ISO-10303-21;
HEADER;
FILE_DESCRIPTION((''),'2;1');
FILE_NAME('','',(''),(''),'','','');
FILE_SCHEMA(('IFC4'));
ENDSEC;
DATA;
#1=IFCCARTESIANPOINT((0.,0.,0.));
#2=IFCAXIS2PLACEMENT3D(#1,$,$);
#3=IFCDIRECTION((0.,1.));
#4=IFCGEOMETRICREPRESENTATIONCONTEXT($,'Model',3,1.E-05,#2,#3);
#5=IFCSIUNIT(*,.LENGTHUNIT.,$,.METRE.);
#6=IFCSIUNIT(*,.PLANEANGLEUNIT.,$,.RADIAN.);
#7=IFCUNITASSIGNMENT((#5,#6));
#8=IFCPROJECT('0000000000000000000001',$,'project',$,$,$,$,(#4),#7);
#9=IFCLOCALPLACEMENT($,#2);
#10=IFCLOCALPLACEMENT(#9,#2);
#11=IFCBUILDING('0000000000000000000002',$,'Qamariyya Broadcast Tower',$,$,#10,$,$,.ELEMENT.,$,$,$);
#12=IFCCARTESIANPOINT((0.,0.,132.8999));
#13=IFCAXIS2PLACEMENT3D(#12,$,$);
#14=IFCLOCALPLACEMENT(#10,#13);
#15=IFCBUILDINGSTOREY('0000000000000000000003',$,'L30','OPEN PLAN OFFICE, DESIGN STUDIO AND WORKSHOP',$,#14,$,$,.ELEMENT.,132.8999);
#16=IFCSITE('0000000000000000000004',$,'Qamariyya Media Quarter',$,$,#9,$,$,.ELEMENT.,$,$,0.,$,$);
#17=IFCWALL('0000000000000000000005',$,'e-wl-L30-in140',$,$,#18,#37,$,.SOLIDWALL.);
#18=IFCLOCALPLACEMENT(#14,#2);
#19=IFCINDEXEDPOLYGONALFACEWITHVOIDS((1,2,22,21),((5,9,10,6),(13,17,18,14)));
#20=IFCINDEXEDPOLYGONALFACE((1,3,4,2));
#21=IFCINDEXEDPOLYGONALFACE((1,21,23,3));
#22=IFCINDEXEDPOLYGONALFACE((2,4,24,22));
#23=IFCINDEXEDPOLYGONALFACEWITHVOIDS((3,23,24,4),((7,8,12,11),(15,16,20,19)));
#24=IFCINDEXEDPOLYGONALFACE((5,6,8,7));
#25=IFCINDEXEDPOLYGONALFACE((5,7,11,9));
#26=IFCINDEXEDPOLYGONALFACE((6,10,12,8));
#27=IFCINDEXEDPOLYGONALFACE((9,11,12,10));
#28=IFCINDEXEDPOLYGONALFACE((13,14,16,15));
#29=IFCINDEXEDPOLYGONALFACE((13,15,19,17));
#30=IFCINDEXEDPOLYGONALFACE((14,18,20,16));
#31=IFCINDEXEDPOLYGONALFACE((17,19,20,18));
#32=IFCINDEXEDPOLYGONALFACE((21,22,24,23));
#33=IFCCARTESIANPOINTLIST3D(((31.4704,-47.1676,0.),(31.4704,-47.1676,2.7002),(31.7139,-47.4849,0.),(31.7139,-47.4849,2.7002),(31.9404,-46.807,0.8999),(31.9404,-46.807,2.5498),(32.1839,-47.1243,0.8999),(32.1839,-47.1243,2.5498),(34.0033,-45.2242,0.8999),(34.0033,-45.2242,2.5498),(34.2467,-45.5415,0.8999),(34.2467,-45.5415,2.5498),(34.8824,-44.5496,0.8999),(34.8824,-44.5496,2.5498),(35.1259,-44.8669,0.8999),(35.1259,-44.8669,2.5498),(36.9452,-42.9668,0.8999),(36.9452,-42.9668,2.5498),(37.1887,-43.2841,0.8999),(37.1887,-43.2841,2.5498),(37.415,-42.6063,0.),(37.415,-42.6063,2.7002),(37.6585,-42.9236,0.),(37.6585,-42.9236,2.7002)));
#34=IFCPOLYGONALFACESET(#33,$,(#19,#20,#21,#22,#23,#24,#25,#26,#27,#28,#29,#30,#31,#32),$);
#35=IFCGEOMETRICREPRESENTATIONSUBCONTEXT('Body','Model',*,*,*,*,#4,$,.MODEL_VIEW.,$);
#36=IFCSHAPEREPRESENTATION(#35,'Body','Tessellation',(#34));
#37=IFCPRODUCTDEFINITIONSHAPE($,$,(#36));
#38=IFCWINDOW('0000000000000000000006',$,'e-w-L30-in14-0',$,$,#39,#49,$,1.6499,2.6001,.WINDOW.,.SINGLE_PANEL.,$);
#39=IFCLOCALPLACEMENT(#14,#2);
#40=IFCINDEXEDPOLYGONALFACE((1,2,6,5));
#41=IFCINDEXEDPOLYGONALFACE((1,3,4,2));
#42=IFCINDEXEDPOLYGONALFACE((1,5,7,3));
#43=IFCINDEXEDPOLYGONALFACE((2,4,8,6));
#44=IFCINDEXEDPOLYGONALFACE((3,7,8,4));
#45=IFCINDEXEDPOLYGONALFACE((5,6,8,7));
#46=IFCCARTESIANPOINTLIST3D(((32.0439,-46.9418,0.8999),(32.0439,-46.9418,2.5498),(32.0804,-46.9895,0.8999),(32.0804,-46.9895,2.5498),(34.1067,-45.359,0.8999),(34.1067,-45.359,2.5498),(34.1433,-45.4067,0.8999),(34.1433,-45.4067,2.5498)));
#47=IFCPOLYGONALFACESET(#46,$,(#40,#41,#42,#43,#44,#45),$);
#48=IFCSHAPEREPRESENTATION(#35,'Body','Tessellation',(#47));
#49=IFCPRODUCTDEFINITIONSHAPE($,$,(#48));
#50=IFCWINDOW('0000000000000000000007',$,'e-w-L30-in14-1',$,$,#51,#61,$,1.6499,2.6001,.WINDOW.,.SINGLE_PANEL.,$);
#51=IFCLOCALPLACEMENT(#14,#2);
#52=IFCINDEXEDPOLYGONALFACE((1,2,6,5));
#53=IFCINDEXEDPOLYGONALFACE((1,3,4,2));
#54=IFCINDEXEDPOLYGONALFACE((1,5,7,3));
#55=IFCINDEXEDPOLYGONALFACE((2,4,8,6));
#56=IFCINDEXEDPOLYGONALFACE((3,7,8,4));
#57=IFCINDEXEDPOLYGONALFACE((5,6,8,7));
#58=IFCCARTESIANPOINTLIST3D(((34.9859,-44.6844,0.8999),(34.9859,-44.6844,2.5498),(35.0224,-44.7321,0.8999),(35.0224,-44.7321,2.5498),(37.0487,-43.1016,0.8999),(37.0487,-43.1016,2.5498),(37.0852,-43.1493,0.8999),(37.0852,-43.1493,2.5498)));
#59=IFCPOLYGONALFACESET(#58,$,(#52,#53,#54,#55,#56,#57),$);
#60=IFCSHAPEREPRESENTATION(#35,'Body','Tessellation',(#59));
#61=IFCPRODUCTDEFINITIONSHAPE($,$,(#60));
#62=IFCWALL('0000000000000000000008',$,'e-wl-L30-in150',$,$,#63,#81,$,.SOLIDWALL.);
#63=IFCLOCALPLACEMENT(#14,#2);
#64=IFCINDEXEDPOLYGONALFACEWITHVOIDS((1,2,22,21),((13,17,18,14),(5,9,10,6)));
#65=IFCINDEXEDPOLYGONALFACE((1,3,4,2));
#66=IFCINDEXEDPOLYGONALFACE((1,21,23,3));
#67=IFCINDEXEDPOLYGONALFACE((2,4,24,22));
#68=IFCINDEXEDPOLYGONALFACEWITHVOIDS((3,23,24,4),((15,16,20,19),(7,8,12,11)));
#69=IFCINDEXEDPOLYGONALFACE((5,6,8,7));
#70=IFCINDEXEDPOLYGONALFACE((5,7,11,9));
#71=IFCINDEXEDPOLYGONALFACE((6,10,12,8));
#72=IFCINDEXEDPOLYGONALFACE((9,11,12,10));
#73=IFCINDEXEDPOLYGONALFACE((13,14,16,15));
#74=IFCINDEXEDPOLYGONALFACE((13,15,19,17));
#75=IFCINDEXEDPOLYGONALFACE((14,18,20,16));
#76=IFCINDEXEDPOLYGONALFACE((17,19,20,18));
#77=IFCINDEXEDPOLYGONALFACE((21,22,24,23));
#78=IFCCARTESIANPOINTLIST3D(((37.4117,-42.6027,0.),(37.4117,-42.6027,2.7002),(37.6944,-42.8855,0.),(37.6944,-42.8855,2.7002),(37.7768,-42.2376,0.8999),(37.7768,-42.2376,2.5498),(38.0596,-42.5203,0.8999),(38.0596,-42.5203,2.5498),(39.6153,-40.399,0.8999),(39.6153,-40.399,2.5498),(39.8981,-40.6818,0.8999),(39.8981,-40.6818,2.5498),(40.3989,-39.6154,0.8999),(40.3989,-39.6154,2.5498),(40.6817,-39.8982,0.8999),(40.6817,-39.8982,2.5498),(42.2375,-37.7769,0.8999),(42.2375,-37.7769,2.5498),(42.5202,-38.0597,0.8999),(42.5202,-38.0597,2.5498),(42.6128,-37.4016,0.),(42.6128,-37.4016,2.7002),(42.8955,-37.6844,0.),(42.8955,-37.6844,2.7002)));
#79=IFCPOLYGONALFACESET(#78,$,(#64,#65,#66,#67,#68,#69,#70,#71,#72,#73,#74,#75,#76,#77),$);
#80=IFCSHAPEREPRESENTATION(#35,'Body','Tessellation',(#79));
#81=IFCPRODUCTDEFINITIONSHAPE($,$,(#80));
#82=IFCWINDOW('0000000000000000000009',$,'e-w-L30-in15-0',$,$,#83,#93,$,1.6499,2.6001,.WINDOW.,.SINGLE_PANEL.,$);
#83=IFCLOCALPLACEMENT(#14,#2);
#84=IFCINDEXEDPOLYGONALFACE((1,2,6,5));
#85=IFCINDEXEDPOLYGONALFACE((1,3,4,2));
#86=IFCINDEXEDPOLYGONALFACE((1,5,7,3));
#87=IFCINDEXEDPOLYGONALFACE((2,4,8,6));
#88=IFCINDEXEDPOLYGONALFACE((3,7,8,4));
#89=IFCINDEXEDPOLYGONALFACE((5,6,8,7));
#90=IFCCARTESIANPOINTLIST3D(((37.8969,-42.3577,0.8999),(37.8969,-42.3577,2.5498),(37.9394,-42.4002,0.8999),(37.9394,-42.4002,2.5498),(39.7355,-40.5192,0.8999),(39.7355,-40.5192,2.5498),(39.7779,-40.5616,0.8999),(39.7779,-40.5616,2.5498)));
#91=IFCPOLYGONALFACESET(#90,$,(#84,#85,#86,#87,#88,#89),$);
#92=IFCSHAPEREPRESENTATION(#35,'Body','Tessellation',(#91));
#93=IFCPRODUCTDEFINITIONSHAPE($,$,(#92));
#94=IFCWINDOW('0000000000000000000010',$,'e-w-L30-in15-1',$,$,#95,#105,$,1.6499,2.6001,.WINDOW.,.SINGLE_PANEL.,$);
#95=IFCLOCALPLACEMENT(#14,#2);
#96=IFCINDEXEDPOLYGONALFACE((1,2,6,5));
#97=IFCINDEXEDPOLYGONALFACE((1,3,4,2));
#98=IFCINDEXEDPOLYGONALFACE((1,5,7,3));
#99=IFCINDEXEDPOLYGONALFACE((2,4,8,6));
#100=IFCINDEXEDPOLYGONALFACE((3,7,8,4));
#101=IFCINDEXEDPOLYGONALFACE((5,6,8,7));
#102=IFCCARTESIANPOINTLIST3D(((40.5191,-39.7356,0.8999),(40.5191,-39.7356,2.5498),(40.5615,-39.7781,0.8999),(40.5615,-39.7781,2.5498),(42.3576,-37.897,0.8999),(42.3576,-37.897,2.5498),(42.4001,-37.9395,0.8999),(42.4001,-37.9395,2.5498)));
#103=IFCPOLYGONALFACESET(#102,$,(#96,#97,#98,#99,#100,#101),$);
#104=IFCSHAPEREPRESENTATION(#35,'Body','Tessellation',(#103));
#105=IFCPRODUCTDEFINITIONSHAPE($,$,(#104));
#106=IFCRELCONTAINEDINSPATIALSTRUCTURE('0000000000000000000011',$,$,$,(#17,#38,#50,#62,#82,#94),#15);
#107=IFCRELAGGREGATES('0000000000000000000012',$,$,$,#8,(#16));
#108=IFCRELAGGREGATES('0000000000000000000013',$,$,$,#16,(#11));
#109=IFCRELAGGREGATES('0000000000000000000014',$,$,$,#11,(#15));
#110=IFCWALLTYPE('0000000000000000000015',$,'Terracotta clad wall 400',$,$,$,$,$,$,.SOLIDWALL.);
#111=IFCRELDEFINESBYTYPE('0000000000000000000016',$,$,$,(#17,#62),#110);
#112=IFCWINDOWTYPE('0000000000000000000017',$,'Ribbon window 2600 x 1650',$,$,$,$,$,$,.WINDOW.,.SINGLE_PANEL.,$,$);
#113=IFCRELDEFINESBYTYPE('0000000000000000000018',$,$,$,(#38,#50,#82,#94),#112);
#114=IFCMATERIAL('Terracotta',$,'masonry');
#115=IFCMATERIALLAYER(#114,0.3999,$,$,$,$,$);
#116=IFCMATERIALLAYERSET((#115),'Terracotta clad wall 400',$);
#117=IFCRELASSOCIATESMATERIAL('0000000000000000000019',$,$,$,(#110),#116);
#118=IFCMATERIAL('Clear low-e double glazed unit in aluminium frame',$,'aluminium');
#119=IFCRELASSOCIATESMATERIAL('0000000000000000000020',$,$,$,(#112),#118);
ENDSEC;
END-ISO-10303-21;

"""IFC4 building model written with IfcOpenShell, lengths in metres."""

from ifc_helpers import new_model, si_unit, direction, frame, frame_2d, origin, place, context, subcontext, project, spatial, rectangle, extrude, material, layer, layer_set, type_object, element, fill, save


model = new_model("IFC4")

# Units and contexts
model_context = context("Model", 3, precision=1e-05, world=origin(), true_north=direction((0.0, 1.0)))
body_context = subcontext(model_context, "Body", "Model", "MODEL_VIEW")
ifc_project = project(units=[si_unit("LENGTHUNIT", "METRE"), si_unit("PLANEANGLEUNIT", "RADIAN")], contexts=[model_context])

# Site, building, storey
site_placement = place(None, origin())
site = spatial("IfcSite", under=ifc_project, at=site_placement, Name="Qamariyya Media Quarter", CompositionType="ELEMENT", RefElevation=0.0)
building_placement = place(site_placement, origin())
building = spatial("IfcBuilding", under=site, at=building_placement, Name="Qamariyya Broadcast Tower", CompositionType="ELEMENT")
storey_placement = place(building_placement, frame((0.0, 0.0, 132.8999)))
storey = spatial("IfcBuildingStorey", under=building, at=storey_placement, Name="L30", Description="OPEN PLAN OFFICE, DESIGN STUDIO AND WORKSHOP", CompositionType="ELEMENT", Elevation=132.8999)

# Walls, openings, windows
ifc_material_1 = material(Name="Terracotta", Category="masonry")
ifc_layer_1 = layer(ifc_material_1, 0.3999)
ifc_layer_set_1 = layer_set([ifc_layer_1], Name="Terracotta clad wall 400")
wall_type_1 = type_object("IfcWallType", Name="Terracotta clad wall 400", PredefinedType="SOLIDWALL", material=ifc_layer_set_1)
wall_1_placement = place(storey_placement, frame((37.5369, -42.7649, 0.0), z_axis=(0.0, 0.0, 1.0), x_axis=(-0.793363, -0.608748, 0.0)))
wall_1 = element("IfcWall", 1, at=wall_1_placement, inside=storey, type_object=wall_type_1, Name="e-wl-L30-in140", PredefinedType="SOLIDWALL", context=body_context, shape_type="SweptSolid", body=[
    extrude(rectangle(XDim=7.4929, YDim=0.3999, at=frame_2d((3.7466, 0.0))), origin(), (0.0, 0.0, 1.0), 2.7002),
])
opening_1_placement = place(wall_1_placement, frame((4.3005, 0.0, 0.8999)))
opening_1 = element("IfcOpeningElement", 2, at=opening_1_placement, cuts=wall_1, PredefinedType="OPENING", context=body_context, shape_type="SweptSolid", body=[
    extrude(rectangle(XDim=2.6001, YDim=1.6499, at=frame_2d((1.3, 0.825))), frame((0.0, 0.21, 0.0), z_axis=(0.0, -1.0, 0.0), x_axis=(1.0, 0.0, 0.0)), (0.0, 0.0, 1.0), 0.4199),
])
opening_2_placement = place(wall_1_placement, frame((0.5923, 0.0, 0.8999)))
opening_2 = element("IfcOpeningElement", 3, at=opening_2_placement, cuts=wall_1, PredefinedType="OPENING", context=body_context, shape_type="SweptSolid", body=[
    extrude(rectangle(XDim=2.6001, YDim=1.6499, at=frame_2d((1.3, 0.825))), frame((0.0, 0.21, 0.0), z_axis=(0.0, -1.0, 0.0), x_axis=(1.0, 0.0, 0.0)), (0.0, 0.0, 1.0), 0.4199),
])
ifc_material_2 = material(Name="Clear low-e double glazed unit in aluminium frame", Category="aluminium")
window_type = type_object("IfcWindowType", Name="Ribbon window 2600 x 1650", PartitioningType="SINGLE_PANEL", PredefinedType="WINDOW", material=ifc_material_2)
window_1_placement = place(opening_1_placement, origin())
window_1 = element("IfcWindow", 4, at=window_1_placement, inside=storey, type_object=window_type, Name="e-w-L30-in14-0", OverallHeight=1.6499, OverallWidth=2.6001, PartitioningType="SINGLE_PANEL", PredefinedType="WINDOW", context=body_context, shape_type="SweptSolid", body=[
    extrude(rectangle(XDim=2.6001, YDim=1.6499, at=frame_2d((1.3, 0.825))), frame((0.0, 0.03, 0.0), z_axis=(0.0, -1.0, 0.0), x_axis=(1.0, 0.0, 0.0)), (0.0, 0.0, 1.0), 0.0601),
])
fill(opening_1, window_1)
window_2_placement = place(opening_2_placement, origin())
window_2 = element("IfcWindow", 5, at=window_2_placement, inside=storey, type_object=window_type, Name="e-w-L30-in14-1", OverallHeight=1.6499, OverallWidth=2.6001, PartitioningType="SINGLE_PANEL", PredefinedType="WINDOW", context=body_context, shape_type="SweptSolid", body=[
    extrude(rectangle(XDim=2.6001, YDim=1.6499, at=frame_2d((1.3, 0.825))), frame((0.0, 0.03, 0.0), z_axis=(0.0, -1.0, 0.0), x_axis=(1.0, 0.0, 0.0)), (0.0, 0.0, 1.0), 0.0601),
])
fill(opening_2, window_2)
wall_2_placement = place(storey_placement, frame((42.7542, -37.543, 0.0), z_axis=(0.0, 0.0, 1.0), x_axis=(-0.707107, -0.707107, 0.0)))
wall_2 = element("IfcWall", 6, at=wall_2_placement, inside=storey, type_object=wall_type_1, Name="e-wl-L30-in150", PredefinedType="SOLIDWALL", context=body_context, shape_type="SweptSolid", body=[
    extrude(rectangle(XDim=7.3555, YDim=0.3999, at=frame_2d((3.6777, 0.0))), origin(), (0.0, 0.0, 1.0), 2.7002),
])
opening_3_placement = place(wall_2_placement, frame((4.239, 0.0, 0.8999)))
opening_3 = element("IfcOpeningElement", 7, at=opening_3_placement, cuts=wall_2, PredefinedType="OPENING", context=body_context, shape_type="SweptSolid", body=[
    extrude(rectangle(XDim=2.6001, YDim=1.6499, at=frame_2d((1.3, 0.825))), frame((0.0, 0.21, 0.0), z_axis=(0.0, -1.0, 0.0), x_axis=(1.0, 0.0, 0.0)), (0.0, 0.0, 1.0), 0.4199),
])
opening_4_placement = place(wall_2_placement, frame((0.5308, 0.0, 0.8999)))
opening_4 = element("IfcOpeningElement", 8, at=opening_4_placement, cuts=wall_2, PredefinedType="OPENING", context=body_context, shape_type="SweptSolid", body=[
    extrude(rectangle(XDim=2.6001, YDim=1.6499, at=frame_2d((1.3, 0.825))), frame((0.0, 0.21, 0.0), z_axis=(0.0, -1.0, 0.0), x_axis=(1.0, 0.0, 0.0)), (0.0, 0.0, 1.0), 0.4199),
])
window_3_placement = place(opening_3_placement, origin())
window_3 = element("IfcWindow", 9, at=window_3_placement, inside=storey, type_object=window_type, Name="e-w-L30-in15-0", OverallHeight=1.6499, OverallWidth=2.6001, PartitioningType="SINGLE_PANEL", PredefinedType="WINDOW", context=body_context, shape_type="SweptSolid", body=[
    extrude(rectangle(XDim=2.6001, YDim=1.6499, at=frame_2d((1.3, 0.825))), frame((0.0, 0.03, 0.0), z_axis=(0.0, -1.0, 0.0), x_axis=(1.0, 0.0, 0.0)), (0.0, 0.0, 1.0), 0.0601),
])
fill(opening_3, window_3)
window_4_placement = place(opening_4_placement, origin())
window_4 = element("IfcWindow", 10, at=window_4_placement, inside=storey, type_object=window_type, Name="e-w-L30-in15-1", OverallHeight=1.6499, OverallWidth=2.6001, PartitioningType="SINGLE_PANEL", PredefinedType="WINDOW", context=body_context, shape_type="SweptSolid", body=[
    extrude(rectangle(XDim=2.6001, YDim=1.6499, at=frame_2d((1.3, 0.825))), frame((0.0, 0.03, 0.0), z_axis=(0.0, -1.0, 0.0), x_axis=(1.0, 0.0, 0.0)), (0.0, 0.0, 1.0), 0.0601),
])
fill(opening_4, window_4)

save(model, "model.ifc")
